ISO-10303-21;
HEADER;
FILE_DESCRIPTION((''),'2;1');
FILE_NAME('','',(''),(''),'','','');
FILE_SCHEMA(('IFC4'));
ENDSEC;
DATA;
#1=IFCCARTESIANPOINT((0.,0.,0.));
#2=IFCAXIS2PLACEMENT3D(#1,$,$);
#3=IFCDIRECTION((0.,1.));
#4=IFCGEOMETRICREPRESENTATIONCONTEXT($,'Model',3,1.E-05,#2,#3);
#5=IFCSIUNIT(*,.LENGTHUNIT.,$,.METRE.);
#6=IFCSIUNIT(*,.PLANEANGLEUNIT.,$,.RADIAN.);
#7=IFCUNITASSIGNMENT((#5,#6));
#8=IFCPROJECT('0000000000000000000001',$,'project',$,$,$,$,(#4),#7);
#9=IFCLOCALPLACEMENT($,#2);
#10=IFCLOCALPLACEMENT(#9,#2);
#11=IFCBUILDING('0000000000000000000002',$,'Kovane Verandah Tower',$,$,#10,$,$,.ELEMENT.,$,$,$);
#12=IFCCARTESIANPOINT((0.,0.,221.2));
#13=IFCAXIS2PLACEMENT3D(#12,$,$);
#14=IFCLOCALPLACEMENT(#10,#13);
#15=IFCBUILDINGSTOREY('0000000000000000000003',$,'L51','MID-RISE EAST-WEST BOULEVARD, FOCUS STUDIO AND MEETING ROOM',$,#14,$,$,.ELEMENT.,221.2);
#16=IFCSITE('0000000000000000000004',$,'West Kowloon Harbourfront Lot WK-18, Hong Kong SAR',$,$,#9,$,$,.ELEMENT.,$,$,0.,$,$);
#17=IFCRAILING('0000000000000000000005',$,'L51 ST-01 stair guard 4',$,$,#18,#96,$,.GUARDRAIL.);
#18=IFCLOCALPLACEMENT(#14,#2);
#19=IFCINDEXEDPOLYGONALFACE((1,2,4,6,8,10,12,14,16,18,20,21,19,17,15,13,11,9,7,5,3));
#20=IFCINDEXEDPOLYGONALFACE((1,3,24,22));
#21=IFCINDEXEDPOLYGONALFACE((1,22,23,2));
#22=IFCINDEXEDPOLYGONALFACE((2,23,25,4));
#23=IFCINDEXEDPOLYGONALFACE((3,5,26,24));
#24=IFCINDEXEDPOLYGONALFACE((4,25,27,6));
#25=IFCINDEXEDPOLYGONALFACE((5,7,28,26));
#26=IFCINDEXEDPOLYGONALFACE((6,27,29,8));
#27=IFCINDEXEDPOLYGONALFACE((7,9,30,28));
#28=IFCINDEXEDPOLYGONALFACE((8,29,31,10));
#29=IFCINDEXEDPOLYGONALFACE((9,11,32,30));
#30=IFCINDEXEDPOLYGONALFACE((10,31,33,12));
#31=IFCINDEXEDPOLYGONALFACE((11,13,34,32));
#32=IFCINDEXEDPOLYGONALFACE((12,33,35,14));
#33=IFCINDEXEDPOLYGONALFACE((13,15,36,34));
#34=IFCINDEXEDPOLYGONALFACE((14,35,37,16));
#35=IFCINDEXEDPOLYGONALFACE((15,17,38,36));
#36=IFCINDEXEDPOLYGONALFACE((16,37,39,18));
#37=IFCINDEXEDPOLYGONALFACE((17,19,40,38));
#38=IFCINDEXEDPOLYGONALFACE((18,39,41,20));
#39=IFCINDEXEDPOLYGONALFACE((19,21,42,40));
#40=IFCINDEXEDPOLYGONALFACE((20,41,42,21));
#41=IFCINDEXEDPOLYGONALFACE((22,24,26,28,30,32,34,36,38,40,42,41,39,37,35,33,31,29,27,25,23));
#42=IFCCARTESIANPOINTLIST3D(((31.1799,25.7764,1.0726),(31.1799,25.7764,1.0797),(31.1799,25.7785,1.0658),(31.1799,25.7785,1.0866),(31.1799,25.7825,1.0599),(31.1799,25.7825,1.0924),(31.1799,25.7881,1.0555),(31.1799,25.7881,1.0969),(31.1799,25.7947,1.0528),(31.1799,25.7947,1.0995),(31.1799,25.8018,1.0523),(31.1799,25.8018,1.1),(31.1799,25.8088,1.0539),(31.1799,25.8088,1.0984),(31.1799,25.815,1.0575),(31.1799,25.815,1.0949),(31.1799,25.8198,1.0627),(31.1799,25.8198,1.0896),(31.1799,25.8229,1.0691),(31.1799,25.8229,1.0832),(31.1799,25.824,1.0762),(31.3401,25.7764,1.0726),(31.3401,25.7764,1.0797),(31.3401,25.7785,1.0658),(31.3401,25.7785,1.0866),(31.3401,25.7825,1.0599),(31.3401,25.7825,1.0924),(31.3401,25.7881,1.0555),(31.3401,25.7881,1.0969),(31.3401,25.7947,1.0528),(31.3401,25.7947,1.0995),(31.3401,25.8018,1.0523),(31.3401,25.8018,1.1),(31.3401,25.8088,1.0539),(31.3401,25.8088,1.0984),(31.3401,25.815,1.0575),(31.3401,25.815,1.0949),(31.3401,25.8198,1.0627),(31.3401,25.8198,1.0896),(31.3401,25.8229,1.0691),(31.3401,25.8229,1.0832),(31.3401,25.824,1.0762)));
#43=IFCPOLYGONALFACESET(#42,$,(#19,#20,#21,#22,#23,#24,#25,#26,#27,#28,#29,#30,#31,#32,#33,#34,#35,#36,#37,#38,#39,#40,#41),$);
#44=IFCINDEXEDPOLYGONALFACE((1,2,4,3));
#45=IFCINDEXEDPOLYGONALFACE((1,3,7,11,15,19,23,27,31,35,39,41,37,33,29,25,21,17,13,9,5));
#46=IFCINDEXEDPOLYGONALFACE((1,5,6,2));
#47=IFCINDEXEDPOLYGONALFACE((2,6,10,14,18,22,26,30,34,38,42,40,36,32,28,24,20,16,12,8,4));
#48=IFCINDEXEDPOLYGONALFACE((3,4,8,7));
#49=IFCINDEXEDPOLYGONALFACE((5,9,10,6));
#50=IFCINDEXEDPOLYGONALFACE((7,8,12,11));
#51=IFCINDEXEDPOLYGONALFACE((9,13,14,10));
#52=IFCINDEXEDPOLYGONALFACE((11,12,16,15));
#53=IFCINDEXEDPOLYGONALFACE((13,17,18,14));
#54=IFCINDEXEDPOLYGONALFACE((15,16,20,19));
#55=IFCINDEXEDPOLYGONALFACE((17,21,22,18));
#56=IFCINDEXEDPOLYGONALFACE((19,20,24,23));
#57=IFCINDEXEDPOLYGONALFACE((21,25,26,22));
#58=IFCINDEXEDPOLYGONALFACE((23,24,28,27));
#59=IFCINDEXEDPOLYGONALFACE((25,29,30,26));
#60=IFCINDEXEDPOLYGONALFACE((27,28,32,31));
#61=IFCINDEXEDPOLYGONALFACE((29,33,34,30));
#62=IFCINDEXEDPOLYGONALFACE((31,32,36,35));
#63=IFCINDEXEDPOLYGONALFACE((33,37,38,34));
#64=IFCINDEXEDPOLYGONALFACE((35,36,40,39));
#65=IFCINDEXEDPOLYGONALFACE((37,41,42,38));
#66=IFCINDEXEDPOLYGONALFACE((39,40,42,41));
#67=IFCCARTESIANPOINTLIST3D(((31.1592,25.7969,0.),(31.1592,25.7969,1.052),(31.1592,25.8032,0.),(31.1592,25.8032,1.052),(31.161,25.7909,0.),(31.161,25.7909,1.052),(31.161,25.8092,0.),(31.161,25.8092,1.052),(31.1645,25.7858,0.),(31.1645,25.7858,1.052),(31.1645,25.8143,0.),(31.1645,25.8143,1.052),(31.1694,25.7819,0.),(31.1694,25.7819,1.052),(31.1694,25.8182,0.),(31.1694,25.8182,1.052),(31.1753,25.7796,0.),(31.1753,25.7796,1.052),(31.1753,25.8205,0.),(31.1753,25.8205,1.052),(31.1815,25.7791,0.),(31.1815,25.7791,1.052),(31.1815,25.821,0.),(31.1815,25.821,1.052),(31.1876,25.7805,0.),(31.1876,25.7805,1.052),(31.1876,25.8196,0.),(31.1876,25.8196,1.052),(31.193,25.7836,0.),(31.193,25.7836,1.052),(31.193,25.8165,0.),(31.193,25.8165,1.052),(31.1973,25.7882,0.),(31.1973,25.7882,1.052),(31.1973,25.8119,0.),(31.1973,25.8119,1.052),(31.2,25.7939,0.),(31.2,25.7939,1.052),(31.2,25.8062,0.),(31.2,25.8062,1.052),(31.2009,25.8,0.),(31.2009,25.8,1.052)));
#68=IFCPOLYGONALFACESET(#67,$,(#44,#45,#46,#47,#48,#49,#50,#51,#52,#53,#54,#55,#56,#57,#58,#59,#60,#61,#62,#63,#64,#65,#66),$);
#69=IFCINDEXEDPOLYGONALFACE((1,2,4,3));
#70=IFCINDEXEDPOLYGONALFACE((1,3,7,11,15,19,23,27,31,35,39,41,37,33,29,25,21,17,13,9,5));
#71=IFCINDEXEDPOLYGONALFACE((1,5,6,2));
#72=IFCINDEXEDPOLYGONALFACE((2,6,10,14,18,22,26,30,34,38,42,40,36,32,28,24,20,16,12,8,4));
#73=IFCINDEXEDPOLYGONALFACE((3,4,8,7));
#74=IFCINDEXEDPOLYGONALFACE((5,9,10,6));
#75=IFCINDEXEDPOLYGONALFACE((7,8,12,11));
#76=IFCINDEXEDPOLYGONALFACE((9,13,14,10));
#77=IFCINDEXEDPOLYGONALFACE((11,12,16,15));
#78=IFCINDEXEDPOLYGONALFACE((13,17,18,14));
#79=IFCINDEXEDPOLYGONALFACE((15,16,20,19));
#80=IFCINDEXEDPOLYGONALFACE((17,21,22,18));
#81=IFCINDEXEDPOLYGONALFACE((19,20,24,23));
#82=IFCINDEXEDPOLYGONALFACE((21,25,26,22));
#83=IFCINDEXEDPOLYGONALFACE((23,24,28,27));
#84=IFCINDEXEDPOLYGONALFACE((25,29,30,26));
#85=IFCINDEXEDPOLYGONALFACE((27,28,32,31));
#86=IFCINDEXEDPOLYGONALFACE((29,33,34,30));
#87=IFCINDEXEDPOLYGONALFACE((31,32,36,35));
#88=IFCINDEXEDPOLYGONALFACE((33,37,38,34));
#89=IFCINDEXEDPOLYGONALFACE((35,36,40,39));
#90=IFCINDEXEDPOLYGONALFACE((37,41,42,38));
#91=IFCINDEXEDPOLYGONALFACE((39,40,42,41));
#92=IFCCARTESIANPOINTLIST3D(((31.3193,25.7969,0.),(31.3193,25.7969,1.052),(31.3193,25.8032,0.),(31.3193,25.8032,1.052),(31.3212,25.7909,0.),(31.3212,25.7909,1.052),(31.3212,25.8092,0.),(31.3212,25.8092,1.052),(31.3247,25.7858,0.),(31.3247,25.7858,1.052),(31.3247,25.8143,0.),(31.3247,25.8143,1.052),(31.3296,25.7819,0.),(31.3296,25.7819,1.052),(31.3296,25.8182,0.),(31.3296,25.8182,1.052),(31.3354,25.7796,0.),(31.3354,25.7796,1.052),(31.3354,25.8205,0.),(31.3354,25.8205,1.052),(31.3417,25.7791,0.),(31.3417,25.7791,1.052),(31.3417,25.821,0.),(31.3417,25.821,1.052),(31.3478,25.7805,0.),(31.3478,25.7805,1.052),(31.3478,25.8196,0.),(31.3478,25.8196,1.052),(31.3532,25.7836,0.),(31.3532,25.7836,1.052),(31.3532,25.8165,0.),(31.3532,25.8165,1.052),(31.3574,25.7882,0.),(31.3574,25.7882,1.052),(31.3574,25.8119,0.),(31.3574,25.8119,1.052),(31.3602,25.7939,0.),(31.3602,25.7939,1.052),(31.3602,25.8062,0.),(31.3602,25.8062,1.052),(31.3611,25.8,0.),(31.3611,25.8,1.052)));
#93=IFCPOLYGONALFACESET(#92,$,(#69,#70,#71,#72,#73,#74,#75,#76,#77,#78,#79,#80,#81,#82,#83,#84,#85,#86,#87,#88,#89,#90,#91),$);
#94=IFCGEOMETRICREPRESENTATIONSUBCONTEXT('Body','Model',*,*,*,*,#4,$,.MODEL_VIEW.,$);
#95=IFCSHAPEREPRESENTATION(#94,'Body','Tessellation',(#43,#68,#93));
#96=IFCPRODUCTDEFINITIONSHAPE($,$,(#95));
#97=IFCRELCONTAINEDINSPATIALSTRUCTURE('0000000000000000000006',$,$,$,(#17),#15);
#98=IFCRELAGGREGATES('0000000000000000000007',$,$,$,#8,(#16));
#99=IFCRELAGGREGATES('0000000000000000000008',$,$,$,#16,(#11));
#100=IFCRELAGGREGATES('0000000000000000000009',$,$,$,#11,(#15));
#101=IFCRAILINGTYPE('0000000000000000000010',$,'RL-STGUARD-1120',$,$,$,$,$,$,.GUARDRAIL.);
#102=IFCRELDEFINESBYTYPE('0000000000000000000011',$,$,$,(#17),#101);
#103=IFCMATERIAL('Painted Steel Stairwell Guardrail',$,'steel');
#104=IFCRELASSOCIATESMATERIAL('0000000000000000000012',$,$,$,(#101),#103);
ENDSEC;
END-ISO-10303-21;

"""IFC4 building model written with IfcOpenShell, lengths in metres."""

from ifc_helpers import new_model, si_unit, direction, frame, origin, origin_2d, place, context, subcontext, project, spatial, circle, extrude, material, type_object, element, save


model = new_model("IFC4")

# Units and contexts
model_context = context("Model", 3, precision=1e-05, world=origin(), true_north=direction((0.0, 1.0)))
body_context = subcontext(model_context, "Body", "Model", "MODEL_VIEW")
ifc_project = project(units=[si_unit("LENGTHUNIT", "METRE"), si_unit("PLANEANGLEUNIT", "RADIAN")], contexts=[model_context])

# Site, building, storey
site_placement = place(None, origin())
site = spatial("IfcSite", under=ifc_project, at=site_placement, Name="West Kowloon Harbourfront Lot WK-18, Hong Kong SAR", CompositionType="ELEMENT", RefElevation=0.0)
building_placement = place(site_placement, origin())
building = spatial("IfcBuilding", under=site, at=building_placement, Name="Kovane Verandah Tower", CompositionType="ELEMENT")
storey_placement = place(building_placement, frame((0.0, 0.0, 221.2)))
storey = spatial("IfcBuildingStorey", under=building, at=storey_placement, Name="L51", Description="MID-RISE EAST-WEST BOULEVARD, FOCUS STUDIO AND MEETING ROOM", CompositionType="ELEMENT", Elevation=221.2)

# Railing
ifc_material_1 = material(Name="Painted Steel Stairwell Guardrail", Category="steel")
railing_type_1 = type_object("IfcRailingType", Name="RL-STGUARD-1120", PredefinedType="GUARDRAIL", material=ifc_material_1)
railing_1_placement = place(storey_placement, frame((31.1799, 25.8, 0.0)))
element("IfcRailing", 1, at=railing_1_placement, inside=storey, type_object=railing_type_1, Name="L51 ST-01 stair guard 4", PredefinedType="GUARDRAIL", context=body_context, shape_type="SweptSolid", body=[
    extrude(circle(Radius=0.0239, at=origin_2d()), frame((0.0, 0.0, 1.0762), z_axis=(1.0, 0.0, 0.0), x_axis=(0.0, 1.0, 0.0)), (0.0, 0.0, 1.0), 0.1602),
    extrude(circle(Radius=0.021, at=origin_2d()), origin(), (0.0, 0.0, 1.0), 1.052),
    extrude(circle(Radius=0.021, at=origin_2d()), frame((0.1602, 0.0, 0.0)), (0.0, 0.0, 1.0), 1.052),
])

save(model, "model.ifc")
